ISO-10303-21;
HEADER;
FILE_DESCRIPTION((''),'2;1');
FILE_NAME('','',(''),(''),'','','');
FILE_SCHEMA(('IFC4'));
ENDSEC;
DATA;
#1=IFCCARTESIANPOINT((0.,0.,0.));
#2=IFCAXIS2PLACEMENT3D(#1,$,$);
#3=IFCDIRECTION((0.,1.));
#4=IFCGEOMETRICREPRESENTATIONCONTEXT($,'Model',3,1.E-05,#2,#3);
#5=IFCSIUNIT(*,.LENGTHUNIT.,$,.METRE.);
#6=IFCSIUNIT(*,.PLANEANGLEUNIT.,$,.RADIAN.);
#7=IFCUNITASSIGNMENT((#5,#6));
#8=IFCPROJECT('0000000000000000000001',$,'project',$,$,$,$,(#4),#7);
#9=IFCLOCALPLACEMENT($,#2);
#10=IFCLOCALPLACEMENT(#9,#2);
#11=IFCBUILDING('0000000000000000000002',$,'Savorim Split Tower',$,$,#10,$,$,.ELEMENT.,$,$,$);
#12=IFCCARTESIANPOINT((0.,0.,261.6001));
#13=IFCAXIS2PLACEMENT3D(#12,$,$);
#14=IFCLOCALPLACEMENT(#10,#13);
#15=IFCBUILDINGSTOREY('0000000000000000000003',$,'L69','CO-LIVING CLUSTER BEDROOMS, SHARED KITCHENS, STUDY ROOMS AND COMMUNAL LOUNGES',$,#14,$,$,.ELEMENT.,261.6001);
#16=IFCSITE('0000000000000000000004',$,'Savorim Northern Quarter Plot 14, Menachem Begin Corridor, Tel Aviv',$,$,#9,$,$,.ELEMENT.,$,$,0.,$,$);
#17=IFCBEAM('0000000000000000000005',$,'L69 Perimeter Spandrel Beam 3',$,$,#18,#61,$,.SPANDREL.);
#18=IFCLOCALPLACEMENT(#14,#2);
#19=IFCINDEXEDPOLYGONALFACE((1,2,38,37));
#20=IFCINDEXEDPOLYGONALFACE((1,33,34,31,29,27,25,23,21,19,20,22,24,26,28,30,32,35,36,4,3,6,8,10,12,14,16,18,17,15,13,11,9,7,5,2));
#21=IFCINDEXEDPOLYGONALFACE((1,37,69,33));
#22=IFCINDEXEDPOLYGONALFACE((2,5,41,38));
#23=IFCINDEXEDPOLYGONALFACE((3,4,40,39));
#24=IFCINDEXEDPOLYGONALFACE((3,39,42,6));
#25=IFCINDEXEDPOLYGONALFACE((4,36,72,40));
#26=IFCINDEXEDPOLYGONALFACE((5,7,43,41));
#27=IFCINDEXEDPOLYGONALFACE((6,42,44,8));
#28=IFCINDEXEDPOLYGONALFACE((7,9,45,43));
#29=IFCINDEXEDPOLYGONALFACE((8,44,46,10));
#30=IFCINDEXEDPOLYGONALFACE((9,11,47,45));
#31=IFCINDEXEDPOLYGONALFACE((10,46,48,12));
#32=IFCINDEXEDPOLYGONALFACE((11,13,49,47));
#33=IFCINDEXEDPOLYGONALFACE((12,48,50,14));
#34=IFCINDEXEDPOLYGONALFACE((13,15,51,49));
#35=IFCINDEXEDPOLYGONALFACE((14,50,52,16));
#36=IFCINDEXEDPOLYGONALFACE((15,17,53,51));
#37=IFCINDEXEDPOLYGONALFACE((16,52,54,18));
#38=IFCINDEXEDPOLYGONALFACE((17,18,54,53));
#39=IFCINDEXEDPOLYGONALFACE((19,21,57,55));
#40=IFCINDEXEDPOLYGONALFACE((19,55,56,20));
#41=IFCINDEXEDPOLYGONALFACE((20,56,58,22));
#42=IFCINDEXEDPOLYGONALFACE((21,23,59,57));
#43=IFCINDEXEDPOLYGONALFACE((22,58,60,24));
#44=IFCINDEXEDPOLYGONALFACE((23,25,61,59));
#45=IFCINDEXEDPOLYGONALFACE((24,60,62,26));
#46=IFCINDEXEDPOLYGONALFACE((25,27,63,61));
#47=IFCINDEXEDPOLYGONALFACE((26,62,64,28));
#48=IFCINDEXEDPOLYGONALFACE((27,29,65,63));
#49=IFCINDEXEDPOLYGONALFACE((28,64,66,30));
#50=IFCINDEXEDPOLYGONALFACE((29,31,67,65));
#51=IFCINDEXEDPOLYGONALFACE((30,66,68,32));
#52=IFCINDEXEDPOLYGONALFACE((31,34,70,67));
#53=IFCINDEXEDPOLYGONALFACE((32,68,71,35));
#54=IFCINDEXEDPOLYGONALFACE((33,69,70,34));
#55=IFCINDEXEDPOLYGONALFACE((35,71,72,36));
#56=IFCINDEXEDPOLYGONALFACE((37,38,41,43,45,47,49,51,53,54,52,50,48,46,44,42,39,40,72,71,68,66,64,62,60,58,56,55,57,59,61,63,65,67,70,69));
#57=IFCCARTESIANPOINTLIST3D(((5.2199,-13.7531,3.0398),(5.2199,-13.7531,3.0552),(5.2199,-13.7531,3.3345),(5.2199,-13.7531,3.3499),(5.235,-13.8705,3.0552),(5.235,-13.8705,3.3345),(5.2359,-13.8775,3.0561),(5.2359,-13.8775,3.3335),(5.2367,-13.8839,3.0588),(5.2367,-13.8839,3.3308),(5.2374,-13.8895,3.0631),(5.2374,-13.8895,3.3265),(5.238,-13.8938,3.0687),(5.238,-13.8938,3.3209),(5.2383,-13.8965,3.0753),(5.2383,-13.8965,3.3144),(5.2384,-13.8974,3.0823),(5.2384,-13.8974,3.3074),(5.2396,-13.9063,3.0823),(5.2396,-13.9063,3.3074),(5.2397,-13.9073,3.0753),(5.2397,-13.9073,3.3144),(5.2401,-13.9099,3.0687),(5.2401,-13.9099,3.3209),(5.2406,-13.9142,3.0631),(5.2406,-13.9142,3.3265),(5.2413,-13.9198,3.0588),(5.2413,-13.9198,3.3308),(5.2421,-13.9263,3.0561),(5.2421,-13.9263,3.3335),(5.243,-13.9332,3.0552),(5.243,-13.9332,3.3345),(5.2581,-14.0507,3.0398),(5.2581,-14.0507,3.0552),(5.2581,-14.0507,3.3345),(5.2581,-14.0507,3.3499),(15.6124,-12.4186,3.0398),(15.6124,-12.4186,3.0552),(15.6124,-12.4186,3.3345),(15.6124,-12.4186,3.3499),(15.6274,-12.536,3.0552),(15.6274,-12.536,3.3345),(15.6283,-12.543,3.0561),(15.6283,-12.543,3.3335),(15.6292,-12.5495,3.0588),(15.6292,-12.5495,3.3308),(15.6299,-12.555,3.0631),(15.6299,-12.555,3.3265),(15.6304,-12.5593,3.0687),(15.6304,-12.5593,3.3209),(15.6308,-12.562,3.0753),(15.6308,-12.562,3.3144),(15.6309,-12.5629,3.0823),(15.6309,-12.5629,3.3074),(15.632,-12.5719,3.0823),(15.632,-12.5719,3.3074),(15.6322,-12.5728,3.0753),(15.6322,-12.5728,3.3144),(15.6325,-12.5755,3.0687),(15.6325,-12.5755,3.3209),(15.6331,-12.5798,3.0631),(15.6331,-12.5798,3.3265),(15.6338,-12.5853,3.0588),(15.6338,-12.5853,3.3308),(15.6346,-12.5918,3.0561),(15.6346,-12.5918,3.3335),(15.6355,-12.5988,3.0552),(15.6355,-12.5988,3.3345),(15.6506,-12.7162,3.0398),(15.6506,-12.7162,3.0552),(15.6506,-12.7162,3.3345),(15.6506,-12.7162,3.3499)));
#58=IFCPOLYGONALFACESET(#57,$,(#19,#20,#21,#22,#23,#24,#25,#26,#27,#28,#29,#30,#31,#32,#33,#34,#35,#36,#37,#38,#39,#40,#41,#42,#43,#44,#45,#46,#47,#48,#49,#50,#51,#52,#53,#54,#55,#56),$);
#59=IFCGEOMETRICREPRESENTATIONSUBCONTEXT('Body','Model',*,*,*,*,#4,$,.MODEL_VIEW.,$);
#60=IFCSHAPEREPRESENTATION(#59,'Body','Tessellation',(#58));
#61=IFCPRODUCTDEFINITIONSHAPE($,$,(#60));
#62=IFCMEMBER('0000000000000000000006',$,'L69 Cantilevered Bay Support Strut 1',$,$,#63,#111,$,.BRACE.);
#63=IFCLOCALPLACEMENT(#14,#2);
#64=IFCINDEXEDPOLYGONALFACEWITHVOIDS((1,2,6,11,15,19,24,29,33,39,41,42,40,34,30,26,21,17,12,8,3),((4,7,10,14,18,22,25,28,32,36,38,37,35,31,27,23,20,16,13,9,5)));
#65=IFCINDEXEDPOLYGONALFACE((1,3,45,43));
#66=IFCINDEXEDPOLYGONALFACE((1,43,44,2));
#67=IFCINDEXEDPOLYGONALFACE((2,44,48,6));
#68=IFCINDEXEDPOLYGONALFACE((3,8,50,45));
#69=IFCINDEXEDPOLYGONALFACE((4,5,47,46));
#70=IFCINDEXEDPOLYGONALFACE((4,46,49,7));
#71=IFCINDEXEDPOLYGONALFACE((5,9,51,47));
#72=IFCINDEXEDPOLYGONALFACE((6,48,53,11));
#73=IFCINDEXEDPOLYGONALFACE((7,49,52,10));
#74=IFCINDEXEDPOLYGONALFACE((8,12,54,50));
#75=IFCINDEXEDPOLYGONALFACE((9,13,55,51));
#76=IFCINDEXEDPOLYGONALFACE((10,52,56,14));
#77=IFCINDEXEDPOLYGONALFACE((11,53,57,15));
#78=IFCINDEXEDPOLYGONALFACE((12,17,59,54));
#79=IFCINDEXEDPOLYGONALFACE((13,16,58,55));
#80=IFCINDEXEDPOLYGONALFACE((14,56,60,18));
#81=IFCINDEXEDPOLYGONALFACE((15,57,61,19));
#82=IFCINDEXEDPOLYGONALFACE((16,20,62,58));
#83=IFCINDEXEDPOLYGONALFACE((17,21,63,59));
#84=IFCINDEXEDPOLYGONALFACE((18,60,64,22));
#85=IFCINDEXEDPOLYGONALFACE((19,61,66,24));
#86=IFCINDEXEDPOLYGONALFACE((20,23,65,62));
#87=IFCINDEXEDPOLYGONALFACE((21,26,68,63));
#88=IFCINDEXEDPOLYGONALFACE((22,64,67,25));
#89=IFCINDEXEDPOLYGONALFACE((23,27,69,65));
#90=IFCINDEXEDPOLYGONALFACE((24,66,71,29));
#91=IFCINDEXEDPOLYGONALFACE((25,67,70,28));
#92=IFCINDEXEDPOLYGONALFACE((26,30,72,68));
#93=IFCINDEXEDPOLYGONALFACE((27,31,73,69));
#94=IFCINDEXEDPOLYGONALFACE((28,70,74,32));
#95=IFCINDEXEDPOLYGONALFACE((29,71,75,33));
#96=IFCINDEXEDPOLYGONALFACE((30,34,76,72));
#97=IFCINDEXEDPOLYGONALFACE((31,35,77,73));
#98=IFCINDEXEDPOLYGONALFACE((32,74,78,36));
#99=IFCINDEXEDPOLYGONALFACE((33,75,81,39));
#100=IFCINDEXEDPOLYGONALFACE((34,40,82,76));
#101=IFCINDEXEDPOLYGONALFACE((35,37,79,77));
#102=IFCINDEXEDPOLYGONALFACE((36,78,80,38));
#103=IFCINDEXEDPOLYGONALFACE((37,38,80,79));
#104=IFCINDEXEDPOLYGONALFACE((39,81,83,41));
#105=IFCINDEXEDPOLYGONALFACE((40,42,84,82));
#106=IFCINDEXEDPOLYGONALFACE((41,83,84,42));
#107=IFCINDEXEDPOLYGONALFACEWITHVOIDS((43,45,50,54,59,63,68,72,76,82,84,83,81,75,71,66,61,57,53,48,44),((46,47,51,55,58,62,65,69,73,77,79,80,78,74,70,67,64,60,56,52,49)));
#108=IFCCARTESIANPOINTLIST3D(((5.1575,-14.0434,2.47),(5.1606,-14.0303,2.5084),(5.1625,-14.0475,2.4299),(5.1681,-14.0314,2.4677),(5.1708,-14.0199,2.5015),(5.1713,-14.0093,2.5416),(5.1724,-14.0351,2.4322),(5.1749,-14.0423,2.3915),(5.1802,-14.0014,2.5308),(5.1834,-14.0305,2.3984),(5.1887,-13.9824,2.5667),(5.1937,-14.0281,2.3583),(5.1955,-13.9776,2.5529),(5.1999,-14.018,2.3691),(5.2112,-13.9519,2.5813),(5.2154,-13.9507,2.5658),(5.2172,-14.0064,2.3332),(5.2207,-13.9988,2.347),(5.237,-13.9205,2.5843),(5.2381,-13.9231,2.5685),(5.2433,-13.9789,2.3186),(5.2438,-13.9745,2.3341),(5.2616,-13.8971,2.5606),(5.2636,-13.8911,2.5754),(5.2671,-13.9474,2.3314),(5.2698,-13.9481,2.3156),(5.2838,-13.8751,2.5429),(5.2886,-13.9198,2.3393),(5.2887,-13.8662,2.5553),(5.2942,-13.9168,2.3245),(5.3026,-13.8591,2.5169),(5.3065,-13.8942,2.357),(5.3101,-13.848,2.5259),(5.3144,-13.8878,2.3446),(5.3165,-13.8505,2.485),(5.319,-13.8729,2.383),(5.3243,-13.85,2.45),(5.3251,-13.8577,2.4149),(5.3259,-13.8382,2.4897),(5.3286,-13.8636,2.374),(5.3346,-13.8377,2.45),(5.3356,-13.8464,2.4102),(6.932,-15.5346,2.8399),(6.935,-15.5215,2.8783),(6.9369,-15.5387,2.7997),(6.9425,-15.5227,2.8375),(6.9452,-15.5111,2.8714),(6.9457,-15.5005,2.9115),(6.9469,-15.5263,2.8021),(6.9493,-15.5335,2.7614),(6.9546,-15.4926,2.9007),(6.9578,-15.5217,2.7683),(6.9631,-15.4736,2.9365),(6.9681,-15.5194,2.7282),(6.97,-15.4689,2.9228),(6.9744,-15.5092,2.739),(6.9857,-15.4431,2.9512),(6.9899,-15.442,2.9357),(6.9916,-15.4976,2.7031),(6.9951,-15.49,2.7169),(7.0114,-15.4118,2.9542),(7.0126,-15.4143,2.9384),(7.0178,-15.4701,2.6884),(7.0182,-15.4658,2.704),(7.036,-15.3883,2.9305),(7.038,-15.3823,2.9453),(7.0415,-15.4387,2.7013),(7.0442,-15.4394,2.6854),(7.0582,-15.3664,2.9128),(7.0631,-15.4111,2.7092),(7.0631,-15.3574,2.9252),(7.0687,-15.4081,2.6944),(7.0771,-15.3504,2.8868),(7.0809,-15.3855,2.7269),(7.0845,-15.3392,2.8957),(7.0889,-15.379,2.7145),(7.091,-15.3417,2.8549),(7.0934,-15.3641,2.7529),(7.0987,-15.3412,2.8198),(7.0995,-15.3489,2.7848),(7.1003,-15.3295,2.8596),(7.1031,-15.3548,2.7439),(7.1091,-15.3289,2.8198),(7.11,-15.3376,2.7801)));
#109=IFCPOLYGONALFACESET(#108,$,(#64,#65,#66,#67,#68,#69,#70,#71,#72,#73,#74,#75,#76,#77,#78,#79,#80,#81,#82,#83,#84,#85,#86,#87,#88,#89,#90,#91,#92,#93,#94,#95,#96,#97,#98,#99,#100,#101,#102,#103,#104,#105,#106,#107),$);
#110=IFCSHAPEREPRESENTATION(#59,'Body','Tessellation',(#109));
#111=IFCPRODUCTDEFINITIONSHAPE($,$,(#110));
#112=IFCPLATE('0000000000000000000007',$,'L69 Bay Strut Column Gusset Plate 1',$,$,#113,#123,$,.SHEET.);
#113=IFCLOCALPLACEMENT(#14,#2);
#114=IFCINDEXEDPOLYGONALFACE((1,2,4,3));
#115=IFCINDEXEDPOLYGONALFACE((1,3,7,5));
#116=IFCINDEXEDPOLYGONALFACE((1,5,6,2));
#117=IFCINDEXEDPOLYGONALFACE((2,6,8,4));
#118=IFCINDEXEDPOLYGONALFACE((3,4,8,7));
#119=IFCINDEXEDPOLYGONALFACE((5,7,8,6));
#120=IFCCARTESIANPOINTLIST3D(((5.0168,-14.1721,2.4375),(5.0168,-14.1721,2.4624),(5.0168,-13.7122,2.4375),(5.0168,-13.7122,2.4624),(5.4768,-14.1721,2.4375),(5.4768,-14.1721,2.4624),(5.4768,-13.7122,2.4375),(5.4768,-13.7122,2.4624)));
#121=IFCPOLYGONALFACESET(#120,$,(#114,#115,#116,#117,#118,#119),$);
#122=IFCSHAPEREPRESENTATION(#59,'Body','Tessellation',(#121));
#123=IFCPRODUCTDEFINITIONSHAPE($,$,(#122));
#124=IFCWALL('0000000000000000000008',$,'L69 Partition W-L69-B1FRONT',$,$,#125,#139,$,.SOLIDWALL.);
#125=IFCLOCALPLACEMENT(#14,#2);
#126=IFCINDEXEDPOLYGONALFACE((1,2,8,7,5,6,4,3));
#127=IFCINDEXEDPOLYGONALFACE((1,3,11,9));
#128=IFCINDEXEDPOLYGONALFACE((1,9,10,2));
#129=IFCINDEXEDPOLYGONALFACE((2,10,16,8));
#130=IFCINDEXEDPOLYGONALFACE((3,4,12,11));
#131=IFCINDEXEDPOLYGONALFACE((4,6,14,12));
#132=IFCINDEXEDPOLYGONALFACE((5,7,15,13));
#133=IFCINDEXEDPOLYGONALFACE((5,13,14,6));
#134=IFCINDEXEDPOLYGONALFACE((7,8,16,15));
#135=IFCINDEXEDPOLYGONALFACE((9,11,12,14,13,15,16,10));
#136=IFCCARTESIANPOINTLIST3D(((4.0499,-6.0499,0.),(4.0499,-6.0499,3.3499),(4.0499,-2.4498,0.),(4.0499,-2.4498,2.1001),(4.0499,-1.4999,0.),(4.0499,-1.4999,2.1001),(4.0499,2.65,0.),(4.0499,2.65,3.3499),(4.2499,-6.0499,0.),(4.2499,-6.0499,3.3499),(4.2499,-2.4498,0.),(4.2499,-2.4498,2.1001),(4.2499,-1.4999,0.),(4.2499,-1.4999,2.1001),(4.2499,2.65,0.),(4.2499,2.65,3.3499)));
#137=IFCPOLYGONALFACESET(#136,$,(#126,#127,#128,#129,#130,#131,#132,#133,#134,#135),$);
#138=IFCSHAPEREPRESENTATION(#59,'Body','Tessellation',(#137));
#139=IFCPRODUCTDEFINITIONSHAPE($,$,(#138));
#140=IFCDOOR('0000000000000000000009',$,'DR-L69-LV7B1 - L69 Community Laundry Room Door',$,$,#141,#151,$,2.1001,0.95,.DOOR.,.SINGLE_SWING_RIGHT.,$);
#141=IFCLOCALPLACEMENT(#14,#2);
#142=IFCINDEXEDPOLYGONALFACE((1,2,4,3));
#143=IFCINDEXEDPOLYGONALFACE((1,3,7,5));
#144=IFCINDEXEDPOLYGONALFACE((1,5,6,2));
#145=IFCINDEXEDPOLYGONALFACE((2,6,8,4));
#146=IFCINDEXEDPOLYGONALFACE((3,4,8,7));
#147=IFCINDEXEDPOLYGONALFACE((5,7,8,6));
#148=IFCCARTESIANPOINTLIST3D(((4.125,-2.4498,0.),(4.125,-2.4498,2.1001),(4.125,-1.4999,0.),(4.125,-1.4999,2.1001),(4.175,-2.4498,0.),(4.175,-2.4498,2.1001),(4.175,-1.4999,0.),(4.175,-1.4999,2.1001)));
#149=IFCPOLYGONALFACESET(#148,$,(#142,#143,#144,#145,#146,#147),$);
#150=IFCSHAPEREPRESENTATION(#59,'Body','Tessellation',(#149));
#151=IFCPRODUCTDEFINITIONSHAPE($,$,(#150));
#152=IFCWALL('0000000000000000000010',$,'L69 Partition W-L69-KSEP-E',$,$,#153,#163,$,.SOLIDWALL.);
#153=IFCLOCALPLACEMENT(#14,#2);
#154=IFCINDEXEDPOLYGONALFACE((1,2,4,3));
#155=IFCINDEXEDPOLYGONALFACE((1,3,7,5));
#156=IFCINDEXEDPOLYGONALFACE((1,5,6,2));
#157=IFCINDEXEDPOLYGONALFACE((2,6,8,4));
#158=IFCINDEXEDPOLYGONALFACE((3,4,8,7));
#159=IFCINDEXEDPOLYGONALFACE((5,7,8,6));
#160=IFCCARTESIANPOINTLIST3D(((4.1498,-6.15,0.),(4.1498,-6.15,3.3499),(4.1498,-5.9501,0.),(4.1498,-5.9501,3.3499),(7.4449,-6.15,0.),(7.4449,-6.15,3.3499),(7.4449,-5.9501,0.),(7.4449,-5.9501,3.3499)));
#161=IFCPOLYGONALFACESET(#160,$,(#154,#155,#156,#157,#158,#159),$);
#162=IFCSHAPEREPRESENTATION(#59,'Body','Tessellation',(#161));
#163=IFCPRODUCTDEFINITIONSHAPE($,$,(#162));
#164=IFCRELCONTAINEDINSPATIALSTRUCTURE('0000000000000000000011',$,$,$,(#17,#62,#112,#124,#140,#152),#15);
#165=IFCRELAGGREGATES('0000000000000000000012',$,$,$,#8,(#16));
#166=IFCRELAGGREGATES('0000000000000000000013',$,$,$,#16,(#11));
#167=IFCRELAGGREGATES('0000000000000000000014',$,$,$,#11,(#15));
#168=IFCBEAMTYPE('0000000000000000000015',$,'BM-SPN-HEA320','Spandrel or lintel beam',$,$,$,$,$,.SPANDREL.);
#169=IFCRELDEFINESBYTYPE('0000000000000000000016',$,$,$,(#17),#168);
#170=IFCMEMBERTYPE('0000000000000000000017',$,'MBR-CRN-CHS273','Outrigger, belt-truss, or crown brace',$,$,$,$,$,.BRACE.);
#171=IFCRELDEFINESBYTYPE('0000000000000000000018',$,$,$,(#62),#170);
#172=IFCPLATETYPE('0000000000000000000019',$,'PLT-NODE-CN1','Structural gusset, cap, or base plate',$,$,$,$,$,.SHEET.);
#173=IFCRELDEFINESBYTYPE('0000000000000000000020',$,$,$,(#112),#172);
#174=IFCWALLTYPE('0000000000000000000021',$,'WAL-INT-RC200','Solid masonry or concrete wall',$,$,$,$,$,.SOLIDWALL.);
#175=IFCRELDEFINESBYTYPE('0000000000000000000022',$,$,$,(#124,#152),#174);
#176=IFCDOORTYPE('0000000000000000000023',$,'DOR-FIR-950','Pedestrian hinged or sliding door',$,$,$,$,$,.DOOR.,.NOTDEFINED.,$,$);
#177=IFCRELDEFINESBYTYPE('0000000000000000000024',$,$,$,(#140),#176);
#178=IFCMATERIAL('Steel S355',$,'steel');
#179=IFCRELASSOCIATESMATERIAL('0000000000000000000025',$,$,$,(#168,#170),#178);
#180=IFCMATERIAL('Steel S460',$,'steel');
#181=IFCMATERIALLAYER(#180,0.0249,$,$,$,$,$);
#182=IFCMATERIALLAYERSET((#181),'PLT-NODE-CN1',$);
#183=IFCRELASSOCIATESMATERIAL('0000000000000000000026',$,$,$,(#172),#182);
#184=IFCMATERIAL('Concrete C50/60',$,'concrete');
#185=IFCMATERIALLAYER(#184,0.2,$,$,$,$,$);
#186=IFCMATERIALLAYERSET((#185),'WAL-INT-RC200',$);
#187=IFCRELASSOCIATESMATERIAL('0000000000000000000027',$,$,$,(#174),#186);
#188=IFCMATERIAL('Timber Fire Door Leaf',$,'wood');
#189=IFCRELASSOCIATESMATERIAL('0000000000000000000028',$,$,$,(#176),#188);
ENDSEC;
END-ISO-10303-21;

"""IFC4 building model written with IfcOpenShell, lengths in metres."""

from ifc_helpers import new_model, si_unit, direction, frame, frame_2d, origin, origin_2d, place, context, subcontext, project, spatial, rectangle, hollow_circle, i_section, extrude, material, layer, layer_set, material_profile, profile_set, type_object, element, fill, save


model = new_model("IFC4")

# Units and contexts
model_context = context("Model", 3, precision=1e-05, world=origin(), true_north=direction((0.0, 1.0)))
body_context = subcontext(model_context, "Body", "Model", "MODEL_VIEW")
ifc_project = project(units=[si_unit("LENGTHUNIT", "METRE"), si_unit("PLANEANGLEUNIT", "RADIAN")], contexts=[model_context])

# Site, building, storey
site_placement = place(None, origin())
site = spatial("IfcSite", under=ifc_project, at=site_placement, Name="Savorim Northern Quarter Plot 14, Menachem Begin Corridor, Tel Aviv", CompositionType="ELEMENT", RefElevation=0.0)
building_placement = place(site_placement, origin())
building = spatial("IfcBuilding", under=site, at=building_placement, Name="Savorim Split Tower", CompositionType="ELEMENT")
storey_placement = place(building_placement, frame((0.0, 0.0, 261.6001)))
storey = spatial("IfcBuildingStorey", under=building, at=storey_placement, Name="L69", Description="CO-LIVING CLUSTER BEDROOMS, SHARED KITCHENS, STUDY ROOMS AND COMMUNAL LOUNGES", CompositionType="ELEMENT", Elevation=261.6001)

# Shared definitions
ifc_material_1 = material(Name="Steel S355", Category="steel")

# Beam
ifc_material_profile_1 = material_profile(ifc_material_1, i_section(OverallWidth=0.3, OverallDepth=0.3101, WebThickness=0.009, FlangeThickness=0.0154, FilletRadius=0.0271, at=origin_2d()), Name="HEA 320")
ifc_profile_set_1 = profile_set([ifc_material_profile_1], Name="Steel S355")
beam_type_1 = type_object("IfcBeamType", Name="BM-SPN-HEA320", Description="Spandrel or lintel beam", PredefinedType="SPANDREL", material=ifc_profile_set_1)
beam_1_placement = place(storey_placement, frame((5.239, -13.9019, 3.1948), z_axis=(0.991856, 0.127361, 0.0), x_axis=(-0.127361, 0.991856, 0.0)))
element("IfcBeam", 1, at=beam_1_placement, inside=storey, type_object=beam_type_1, Name="L69 Perimeter Spandrel Beam 3", PredefinedType="SPANDREL", context=body_context, shape_type="SweptSolid", body=[
    extrude(i_section(OverallWidth=0.3, OverallDepth=0.3101, WebThickness=0.009, FlangeThickness=0.0154, FilletRadius=0.0271, at=origin_2d()), origin(), (0.0, 0.0, 1.0), 10.4778),
])

# Member
ifc_material_profile_2 = material_profile(ifc_material_1, hollow_circle(Radius=0.1365, WallThickness=0.0161, at=origin_2d()), Name="CHS 273x16")
ifc_profile_set_2 = profile_set([ifc_material_profile_2], Name="Steel S355")
member_type = type_object("IfcMemberType", Name="MBR-CRN-CHS273", Description="Outrigger, belt-truss, or crown brace", PredefinedType="BRACE", material=ifc_profile_set_2)
member_placement = place(storey_placement, frame((5.2468, -13.9421, 2.45), z_axis=(0.75599, -0.635331, 0.157585), x_axis=(0.64337, 0.765555, 0.0)))
element("IfcMember", 2, at=member_placement, inside=storey, type_object=member_type, Name="L69 Cantilevered Bay Support Strut 1", PredefinedType="BRACE", context=body_context, shape_type="SweptSolid", body=[
    extrude(hollow_circle(Radius=0.1365, WallThickness=0.0161, at=origin_2d()), origin(), (0.0, 0.0, 1.0), 2.3472),
])

# Plate
ifc_material_2 = material(Name="Steel S460", Category="steel")
ifc_layer_1 = layer(ifc_material_2, 0.0249)
ifc_layer_set_1 = layer_set([ifc_layer_1], Name="PLT-NODE-CN1")
plate_type = type_object("IfcPlateType", Name="PLT-NODE-CN1", Description="Structural gusset, cap, or base plate", PredefinedType="SHEET", material=ifc_layer_set_1)
plate_placement = place(storey_placement, frame((5.2468, -13.9421, 2.4375), z_axis=(0.0, 0.0, 1.0), x_axis=(1.0, 0.0, 0.0)))
element("IfcPlate", 3, at=plate_placement, inside=storey, type_object=plate_type, Name="L69 Bay Strut Column Gusset Plate 1", PredefinedType="SHEET", context=body_context, shape_type="SweptSolid", body=[
    extrude(rectangle(XDim=0.46, YDim=0.46, at=origin_2d()), origin(), (0.0, 0.0, 1.0), 0.0249),
])

# Wall, opening, door
ifc_material_3 = material(Name="Concrete C50/60", Category="concrete")
ifc_layer_2 = layer(ifc_material_3, 0.2)
ifc_layer_set_2 = layer_set([ifc_layer_2], Name="WAL-INT-RC200")
wall_type_1 = type_object("IfcWallType", Name="WAL-INT-RC200", Description="Solid masonry or concrete wall", PredefinedType="SOLIDWALL", material=ifc_layer_set_2)
wall_1_placement = place(storey_placement, frame((4.1499, -6.05, 0.0), z_axis=(0.0, 0.0, 1.0), x_axis=(0.0, 1.0, 0.0)))
wall_1 = element("IfcWall", 4, at=wall_1_placement, inside=storey, type_object=wall_type_1, Name="L69 Partition W-L69-B1FRONT", PredefinedType="SOLIDWALL", context=body_context, shape_type="SweptSolid", body=[
    extrude(rectangle(XDim=8.7, YDim=0.2, at=frame_2d((4.3501, 0.0))), origin(), (0.0, 0.0, 1.0), 3.3499),
])
opening_1_placement = place(wall_1_placement, frame((3.6001, 0.0, 0.0)))
opening_1 = element("IfcOpeningElement", 5, at=opening_1_placement, cuts=wall_1, PredefinedType="OPENING", context=body_context, shape_type="SweptSolid", body=[
    extrude(rectangle(XDim=0.95, YDim=2.1001, at=frame_2d((0.4751, 1.05))), frame((0.0, 0.1099, 0.0), z_axis=(0.0, -1.0, 0.0), x_axis=(1.0, 0.0, 0.0)), (0.0, 0.0, 1.0), 0.22),
])
ifc_material_4 = material(Name="Timber Fire Door Leaf", Category="wood")
door_type_1 = type_object("IfcDoorType", Name="DOR-FIR-950", Description="Pedestrian hinged or sliding door", OperationType="NOTDEFINED", PredefinedType="DOOR", material=ifc_material_4)
door_1_placement = place(opening_1_placement, origin())
door_1 = element("IfcDoor", 6, at=door_1_placement, inside=storey, type_object=door_type_1, Name="DR-L69-LV7B1 - L69 Community Laundry Room Door", OperationType="SINGLE_SWING_RIGHT", OverallHeight=2.1001, OverallWidth=0.95, PredefinedType="DOOR", context=body_context, shape_type="SweptSolid", body=[
    extrude(rectangle(XDim=0.95, YDim=2.1001, at=frame_2d((0.4751, 1.05))), frame((0.0, 0.0249, 0.0), z_axis=(0.0, -1.0, 0.0), x_axis=(1.0, 0.0, 0.0)), (0.0, 0.0, 1.0), 0.05),
])
fill(opening_1, door_1)

# Wall
wall_2_placement = place(storey_placement, frame((4.1499, -6.05, 0.0), z_axis=(0.0, 0.0, 1.0), x_axis=(1.0, 0.0, 0.0)))
element("IfcWall", 7, at=wall_2_placement, inside=storey, type_object=wall_type_1, Name="L69 Partition W-L69-KSEP-E", PredefinedType="SOLIDWALL", context=body_context, shape_type="SweptSolid", body=[
    extrude(rectangle(XDim=3.2952, YDim=0.2, at=frame_2d((1.6475, 0.0))), origin(), (0.0, 0.0, 1.0), 3.3499),
])

save(model, "model.ifc")
